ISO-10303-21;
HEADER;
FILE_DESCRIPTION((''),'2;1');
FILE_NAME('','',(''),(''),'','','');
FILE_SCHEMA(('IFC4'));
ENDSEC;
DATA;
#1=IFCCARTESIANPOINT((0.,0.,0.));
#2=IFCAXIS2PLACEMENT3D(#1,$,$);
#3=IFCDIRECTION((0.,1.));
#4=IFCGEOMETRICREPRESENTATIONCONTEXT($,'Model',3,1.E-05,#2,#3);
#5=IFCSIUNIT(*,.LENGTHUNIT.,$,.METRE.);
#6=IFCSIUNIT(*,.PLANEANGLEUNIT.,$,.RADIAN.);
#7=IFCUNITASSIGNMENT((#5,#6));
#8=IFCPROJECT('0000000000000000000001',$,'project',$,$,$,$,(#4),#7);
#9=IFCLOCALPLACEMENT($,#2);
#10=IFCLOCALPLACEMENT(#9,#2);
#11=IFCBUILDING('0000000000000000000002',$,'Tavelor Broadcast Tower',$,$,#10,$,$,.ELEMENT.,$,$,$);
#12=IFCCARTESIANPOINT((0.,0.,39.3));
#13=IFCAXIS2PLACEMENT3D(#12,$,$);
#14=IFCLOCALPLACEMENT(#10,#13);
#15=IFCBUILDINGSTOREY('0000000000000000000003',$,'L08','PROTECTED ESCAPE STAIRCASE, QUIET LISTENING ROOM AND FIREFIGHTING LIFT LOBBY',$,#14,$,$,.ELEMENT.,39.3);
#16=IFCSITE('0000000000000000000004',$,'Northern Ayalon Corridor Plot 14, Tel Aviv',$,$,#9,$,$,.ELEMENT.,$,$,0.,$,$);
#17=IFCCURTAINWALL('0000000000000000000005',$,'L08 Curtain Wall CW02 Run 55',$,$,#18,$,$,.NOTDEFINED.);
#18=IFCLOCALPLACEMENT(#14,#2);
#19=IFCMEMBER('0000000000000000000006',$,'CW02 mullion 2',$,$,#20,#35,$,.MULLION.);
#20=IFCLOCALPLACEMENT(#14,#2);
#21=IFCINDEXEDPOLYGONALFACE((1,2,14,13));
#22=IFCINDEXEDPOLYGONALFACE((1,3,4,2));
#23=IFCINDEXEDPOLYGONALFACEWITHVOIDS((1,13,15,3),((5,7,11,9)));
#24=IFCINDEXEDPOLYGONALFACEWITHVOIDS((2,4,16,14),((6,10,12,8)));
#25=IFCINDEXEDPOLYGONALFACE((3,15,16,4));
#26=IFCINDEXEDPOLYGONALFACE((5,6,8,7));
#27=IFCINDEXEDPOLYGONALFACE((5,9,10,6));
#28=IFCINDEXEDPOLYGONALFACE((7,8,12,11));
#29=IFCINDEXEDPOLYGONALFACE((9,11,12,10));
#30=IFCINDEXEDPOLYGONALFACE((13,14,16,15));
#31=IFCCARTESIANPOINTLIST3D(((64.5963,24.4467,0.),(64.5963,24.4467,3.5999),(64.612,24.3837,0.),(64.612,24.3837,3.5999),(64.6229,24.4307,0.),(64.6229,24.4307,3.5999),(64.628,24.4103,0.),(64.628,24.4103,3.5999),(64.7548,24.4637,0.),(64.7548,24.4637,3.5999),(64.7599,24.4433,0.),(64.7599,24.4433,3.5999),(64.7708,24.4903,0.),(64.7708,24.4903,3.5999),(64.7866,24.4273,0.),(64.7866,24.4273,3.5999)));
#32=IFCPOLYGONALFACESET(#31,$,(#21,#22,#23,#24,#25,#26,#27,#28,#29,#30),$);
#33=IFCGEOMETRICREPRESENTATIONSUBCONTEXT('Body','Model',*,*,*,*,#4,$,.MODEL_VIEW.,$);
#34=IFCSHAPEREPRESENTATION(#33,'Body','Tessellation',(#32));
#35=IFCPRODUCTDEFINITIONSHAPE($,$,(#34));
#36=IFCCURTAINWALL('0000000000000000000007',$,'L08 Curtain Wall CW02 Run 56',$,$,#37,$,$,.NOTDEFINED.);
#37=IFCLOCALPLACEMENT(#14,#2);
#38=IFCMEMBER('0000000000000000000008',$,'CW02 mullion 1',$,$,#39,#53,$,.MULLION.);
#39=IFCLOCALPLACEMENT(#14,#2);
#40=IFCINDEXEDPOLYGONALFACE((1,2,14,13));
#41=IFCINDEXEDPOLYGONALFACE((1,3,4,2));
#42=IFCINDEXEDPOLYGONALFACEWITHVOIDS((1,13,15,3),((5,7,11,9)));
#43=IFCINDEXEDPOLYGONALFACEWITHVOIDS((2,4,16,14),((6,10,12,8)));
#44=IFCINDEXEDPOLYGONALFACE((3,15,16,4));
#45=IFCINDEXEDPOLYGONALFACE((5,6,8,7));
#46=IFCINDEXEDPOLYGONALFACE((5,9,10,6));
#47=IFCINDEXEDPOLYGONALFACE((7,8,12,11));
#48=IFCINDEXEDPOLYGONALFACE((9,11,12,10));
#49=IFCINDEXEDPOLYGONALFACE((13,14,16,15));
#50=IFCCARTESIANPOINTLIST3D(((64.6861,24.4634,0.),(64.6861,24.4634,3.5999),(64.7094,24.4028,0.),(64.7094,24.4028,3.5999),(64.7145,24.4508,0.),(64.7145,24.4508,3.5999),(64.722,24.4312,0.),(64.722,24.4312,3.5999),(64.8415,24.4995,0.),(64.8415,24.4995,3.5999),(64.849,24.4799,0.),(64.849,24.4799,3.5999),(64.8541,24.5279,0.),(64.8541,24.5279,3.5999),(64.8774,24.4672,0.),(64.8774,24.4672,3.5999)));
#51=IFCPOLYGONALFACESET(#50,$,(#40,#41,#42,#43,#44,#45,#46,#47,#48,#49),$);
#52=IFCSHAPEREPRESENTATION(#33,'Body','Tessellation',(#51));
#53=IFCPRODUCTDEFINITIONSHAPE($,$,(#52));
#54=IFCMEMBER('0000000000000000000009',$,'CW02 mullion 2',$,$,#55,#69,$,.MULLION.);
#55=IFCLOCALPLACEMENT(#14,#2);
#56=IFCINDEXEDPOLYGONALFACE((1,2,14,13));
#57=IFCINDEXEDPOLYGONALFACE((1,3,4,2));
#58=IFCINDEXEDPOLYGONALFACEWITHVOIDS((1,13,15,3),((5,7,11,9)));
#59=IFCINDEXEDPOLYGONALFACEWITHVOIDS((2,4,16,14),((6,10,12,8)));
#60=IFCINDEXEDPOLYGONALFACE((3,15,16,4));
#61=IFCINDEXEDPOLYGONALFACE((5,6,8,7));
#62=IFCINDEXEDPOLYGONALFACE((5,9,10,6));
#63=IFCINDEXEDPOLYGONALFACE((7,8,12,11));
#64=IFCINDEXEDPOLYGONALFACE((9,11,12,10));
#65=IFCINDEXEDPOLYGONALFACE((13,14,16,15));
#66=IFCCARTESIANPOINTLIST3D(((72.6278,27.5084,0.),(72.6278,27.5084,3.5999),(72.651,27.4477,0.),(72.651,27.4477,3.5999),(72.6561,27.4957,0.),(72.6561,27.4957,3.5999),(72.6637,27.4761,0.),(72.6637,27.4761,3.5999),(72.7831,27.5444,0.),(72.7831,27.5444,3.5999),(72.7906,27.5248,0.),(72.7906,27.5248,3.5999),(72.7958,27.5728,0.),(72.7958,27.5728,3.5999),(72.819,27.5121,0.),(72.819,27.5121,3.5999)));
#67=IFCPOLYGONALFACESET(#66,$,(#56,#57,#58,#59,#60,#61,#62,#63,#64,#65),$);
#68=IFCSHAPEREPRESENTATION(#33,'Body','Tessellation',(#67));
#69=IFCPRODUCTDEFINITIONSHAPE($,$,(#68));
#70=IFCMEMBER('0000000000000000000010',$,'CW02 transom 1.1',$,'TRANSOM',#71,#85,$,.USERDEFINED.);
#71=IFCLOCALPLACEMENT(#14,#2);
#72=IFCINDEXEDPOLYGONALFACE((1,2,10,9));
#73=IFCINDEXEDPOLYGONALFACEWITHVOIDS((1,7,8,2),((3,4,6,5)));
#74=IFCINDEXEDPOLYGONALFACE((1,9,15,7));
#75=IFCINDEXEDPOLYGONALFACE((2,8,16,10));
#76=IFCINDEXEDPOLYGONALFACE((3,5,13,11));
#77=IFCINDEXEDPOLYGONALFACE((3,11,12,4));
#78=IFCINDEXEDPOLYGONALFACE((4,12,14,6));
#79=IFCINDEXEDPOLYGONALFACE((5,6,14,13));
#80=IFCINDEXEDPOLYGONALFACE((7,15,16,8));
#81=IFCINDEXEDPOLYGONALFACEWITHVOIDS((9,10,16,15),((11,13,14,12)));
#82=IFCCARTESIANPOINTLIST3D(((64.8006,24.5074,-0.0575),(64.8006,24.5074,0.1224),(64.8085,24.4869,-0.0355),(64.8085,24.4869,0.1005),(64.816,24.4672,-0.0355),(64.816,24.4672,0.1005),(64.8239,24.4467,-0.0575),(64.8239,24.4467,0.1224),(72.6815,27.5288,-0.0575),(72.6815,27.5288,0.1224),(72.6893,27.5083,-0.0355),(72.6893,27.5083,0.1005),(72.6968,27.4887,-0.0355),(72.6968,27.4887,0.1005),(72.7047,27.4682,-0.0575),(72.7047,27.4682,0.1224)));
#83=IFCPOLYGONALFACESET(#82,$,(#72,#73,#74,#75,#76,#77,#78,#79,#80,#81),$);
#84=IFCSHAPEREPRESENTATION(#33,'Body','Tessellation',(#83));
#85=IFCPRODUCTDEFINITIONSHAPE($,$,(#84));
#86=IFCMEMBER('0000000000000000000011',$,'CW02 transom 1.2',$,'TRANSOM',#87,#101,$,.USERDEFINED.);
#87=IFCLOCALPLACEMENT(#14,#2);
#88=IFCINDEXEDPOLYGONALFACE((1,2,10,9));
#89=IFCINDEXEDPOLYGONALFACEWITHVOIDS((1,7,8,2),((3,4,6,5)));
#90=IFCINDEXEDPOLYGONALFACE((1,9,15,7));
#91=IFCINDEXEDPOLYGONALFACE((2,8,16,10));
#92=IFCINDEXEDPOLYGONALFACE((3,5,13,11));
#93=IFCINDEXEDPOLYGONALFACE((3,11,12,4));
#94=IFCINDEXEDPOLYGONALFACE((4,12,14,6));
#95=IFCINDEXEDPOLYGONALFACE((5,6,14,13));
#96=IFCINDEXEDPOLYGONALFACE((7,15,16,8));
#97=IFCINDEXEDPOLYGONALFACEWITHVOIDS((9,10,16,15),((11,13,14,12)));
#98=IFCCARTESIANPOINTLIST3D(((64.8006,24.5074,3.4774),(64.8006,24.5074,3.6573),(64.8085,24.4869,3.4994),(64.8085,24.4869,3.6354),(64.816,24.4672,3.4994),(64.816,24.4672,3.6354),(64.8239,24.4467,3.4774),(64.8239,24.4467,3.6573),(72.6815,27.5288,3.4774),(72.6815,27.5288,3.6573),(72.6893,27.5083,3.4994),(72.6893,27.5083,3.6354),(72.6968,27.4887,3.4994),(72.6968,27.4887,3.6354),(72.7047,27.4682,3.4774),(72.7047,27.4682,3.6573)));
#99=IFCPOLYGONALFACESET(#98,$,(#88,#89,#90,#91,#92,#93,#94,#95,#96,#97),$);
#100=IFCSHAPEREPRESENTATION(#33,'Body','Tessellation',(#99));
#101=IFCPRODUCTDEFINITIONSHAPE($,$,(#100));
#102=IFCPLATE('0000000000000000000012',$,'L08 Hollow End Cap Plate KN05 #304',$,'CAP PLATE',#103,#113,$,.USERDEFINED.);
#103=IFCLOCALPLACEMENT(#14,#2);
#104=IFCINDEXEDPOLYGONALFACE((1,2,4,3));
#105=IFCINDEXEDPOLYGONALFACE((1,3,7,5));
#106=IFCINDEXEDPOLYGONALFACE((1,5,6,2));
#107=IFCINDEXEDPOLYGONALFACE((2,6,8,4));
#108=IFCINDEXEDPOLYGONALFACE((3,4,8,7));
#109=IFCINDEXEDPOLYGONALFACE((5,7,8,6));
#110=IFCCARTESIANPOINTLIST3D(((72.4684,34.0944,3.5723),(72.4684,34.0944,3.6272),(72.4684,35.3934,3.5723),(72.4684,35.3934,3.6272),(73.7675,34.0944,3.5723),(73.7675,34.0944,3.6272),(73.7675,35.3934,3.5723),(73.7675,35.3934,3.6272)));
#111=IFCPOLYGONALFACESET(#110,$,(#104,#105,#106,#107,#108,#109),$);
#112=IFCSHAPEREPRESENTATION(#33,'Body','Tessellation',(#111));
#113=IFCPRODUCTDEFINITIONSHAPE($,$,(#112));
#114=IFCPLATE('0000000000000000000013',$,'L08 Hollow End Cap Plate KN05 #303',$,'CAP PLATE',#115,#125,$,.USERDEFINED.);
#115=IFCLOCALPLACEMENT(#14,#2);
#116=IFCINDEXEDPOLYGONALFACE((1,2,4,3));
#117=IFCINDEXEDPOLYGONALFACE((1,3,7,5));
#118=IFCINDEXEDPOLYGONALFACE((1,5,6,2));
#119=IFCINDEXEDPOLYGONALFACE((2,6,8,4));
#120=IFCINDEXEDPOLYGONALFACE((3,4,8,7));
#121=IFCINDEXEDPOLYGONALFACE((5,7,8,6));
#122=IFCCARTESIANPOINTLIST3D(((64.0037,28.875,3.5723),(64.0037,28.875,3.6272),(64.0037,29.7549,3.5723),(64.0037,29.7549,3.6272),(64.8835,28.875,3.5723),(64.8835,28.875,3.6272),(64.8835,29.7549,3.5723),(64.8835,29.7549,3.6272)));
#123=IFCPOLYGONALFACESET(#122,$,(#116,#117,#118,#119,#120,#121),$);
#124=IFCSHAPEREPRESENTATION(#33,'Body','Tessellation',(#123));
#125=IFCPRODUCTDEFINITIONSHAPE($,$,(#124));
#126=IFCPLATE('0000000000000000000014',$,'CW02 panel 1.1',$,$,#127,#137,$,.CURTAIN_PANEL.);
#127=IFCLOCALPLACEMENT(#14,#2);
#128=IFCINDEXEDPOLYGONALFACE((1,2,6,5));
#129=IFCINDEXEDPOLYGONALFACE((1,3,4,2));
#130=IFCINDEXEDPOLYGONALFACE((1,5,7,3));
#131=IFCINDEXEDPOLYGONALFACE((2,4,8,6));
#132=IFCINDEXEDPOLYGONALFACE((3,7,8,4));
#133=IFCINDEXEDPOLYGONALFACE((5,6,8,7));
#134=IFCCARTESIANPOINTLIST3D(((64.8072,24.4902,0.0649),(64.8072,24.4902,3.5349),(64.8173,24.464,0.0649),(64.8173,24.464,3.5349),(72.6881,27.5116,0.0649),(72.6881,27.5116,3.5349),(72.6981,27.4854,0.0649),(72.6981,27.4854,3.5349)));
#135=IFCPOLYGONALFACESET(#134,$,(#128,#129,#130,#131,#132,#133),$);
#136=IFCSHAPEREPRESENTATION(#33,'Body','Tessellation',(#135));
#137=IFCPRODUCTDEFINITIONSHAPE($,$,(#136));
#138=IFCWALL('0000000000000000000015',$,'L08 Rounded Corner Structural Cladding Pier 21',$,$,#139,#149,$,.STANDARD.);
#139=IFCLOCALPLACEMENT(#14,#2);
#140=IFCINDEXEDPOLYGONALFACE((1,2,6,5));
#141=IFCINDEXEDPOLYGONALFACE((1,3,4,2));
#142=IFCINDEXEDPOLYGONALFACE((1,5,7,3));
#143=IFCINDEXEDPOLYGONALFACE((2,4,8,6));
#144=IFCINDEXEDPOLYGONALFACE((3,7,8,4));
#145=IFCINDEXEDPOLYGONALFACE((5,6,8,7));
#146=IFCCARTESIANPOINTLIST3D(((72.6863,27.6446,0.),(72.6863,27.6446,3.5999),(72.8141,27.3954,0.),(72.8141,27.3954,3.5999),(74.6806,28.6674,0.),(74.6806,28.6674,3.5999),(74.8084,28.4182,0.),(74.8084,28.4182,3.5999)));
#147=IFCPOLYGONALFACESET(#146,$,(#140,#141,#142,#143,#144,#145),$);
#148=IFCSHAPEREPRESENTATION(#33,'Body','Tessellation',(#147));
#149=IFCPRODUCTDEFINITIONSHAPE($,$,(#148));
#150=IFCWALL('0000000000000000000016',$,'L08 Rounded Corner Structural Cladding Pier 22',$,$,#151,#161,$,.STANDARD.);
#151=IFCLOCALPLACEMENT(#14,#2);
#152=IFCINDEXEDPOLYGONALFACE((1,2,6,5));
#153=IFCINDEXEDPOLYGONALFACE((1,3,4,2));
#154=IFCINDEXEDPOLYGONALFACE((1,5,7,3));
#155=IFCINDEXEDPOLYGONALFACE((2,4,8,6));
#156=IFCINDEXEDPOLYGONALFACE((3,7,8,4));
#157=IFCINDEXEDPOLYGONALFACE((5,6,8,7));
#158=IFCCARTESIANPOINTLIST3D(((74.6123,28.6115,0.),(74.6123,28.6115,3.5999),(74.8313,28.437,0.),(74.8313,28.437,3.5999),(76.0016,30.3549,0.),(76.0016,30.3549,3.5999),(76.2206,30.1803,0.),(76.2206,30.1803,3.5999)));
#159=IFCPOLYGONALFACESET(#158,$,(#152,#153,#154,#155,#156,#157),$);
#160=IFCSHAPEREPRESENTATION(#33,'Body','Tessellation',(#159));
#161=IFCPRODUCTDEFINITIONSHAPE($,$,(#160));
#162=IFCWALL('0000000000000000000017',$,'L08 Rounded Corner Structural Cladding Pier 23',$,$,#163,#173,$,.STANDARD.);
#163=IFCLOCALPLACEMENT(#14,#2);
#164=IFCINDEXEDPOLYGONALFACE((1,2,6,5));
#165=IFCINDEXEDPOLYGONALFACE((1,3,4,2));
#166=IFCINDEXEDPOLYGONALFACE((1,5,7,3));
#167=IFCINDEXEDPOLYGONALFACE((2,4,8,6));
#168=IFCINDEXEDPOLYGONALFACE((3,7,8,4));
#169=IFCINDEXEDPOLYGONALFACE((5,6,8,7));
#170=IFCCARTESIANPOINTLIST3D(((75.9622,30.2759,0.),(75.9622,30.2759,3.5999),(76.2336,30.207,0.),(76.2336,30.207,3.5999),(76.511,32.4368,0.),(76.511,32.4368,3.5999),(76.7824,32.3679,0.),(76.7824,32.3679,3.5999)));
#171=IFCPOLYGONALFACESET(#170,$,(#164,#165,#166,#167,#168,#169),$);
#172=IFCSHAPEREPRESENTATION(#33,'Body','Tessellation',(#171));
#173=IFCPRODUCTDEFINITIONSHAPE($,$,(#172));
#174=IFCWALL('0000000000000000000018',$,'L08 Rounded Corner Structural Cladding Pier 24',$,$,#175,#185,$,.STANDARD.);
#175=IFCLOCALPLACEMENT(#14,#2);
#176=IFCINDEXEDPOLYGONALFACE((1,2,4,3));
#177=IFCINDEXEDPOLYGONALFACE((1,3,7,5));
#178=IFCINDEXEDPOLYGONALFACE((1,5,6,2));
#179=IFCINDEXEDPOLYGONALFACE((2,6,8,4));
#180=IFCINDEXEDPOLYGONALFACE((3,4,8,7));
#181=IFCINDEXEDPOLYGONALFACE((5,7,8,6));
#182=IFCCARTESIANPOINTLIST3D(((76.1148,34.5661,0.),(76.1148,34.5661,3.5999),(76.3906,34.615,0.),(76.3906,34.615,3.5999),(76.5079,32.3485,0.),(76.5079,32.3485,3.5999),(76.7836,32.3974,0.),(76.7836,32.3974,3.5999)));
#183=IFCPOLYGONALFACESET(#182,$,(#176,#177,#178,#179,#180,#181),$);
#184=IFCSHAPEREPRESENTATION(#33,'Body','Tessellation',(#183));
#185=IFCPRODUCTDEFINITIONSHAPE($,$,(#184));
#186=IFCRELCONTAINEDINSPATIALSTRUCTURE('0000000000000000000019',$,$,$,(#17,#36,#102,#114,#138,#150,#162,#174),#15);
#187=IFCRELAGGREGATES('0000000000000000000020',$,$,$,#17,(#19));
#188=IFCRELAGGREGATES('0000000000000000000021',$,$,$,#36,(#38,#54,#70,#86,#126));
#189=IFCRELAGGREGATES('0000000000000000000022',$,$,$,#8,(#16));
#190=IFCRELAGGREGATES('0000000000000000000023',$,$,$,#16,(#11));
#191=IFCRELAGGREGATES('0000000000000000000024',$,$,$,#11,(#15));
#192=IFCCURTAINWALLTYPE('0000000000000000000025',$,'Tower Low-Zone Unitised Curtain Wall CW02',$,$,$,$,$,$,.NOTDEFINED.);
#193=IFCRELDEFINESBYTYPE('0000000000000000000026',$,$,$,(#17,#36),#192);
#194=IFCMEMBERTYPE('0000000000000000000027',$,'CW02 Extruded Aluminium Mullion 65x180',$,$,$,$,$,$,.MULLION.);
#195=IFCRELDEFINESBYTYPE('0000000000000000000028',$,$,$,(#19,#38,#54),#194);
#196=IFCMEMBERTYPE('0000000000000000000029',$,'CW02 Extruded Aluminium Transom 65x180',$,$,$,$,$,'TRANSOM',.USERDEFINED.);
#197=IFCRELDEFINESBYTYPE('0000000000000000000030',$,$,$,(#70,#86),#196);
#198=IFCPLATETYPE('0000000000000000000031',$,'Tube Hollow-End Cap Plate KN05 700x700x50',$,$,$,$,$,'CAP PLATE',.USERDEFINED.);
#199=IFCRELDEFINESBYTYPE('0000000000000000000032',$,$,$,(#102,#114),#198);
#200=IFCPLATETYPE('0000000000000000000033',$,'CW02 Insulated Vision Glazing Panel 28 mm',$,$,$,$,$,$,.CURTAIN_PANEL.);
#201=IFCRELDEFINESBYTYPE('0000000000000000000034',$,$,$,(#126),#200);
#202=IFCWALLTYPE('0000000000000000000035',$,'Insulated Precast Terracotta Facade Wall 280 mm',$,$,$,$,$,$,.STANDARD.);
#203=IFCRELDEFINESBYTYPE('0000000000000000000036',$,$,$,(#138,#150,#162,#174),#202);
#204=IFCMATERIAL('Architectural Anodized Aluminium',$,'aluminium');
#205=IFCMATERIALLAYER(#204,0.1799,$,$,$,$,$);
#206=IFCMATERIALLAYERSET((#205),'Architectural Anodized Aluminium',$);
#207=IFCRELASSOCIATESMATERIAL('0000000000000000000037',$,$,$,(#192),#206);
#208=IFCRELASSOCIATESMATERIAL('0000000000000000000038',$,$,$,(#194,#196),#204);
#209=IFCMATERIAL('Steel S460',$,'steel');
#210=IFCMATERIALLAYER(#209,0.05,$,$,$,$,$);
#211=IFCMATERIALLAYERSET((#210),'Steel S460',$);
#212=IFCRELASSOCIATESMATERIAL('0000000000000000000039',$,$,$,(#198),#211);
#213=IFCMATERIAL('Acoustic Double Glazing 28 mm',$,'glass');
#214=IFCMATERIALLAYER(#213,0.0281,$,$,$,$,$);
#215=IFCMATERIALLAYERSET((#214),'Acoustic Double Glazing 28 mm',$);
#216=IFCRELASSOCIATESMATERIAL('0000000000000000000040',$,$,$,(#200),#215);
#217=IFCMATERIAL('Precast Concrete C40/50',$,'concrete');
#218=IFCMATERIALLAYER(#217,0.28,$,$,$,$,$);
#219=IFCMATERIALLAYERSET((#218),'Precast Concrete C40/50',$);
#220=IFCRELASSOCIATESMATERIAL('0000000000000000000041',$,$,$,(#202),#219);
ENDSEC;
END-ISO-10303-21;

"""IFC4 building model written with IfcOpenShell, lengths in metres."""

from ifc_helpers import new_model, si_unit, direction, frame, frame_2d, origin, origin_2d, place, context, subcontext, project, spatial, rectangle, hollow_rectangle, extrude, source, transform, mapped, material, layer, layer_set, material_profile, profile_set, type_object, type_shapes, element, aggregate, save


model = new_model("IFC4")

# Units and contexts
model_context = context("Model", 3, precision=1e-05, world=origin(), true_north=direction((0.0, 1.0)))
body_context = subcontext(model_context, "Body", "Model", "MODEL_VIEW")
ifc_project = project(units=[si_unit("LENGTHUNIT", "METRE"), si_unit("PLANEANGLEUNIT", "RADIAN")], contexts=[model_context])

# Site, building, storey
site_placement = place(None, origin())
site = spatial("IfcSite", under=ifc_project, at=site_placement, Name="Northern Ayalon Corridor Plot 14, Tel Aviv", CompositionType="ELEMENT", RefElevation=0.0)
building_placement = place(site_placement, origin())
building = spatial("IfcBuilding", under=site, at=building_placement, Name="Tavelor Broadcast Tower", CompositionType="ELEMENT")
storey_placement = place(building_placement, frame((0.0, 0.0, 39.3)))
storey = spatial("IfcBuildingStorey", under=building, at=storey_placement, Name="L08", Description="PROTECTED ESCAPE STAIRCASE, QUIET LISTENING ROOM AND FIREFIGHTING LIFT LOBBY", CompositionType="ELEMENT", Elevation=39.3)

# Shared definitions
ifc_material_1 = material(Name="Steel S460", Category="steel")

# Curtain wall, member
ifc_material_2 = material(Name="Architectural Anodized Aluminium", Category="aluminium")
ifc_layer_1 = layer(ifc_material_2, 0.1799)
ifc_layer_set_1 = layer_set([ifc_layer_1], Name="Architectural Anodized Aluminium")
curtain_wall_type = type_object("IfcCurtainWallType", Name="Tower Low-Zone Unitised Curtain Wall CW02", PredefinedType="NOTDEFINED", material=ifc_layer_set_1)
curtain_wall_1_placement = place(storey_placement, origin())
curtain_wall_1 = element("IfcCurtainWall", 1, at=curtain_wall_1_placement, inside=storey, type_object=curtain_wall_type, Name="L08 Curtain Wall CW02 Run 55", PredefinedType="NOTDEFINED")
ifc_material_profile_1 = material_profile(ifc_material_2, hollow_rectangle(XDim=0.0649, YDim=0.1799, WallThickness=0.022, at=origin_2d()), Name="RHS 65x180x22")
ifc_profile_set_1 = profile_set([ifc_material_profile_1], Name="Architectural Anodized Aluminium")
member_type_1 = type_object("IfcMemberType", Name="CW02 Extruded Aluminium Mullion 65x180", PredefinedType="MULLION", material=ifc_profile_set_1)
shared_shape_1 = source(origin(), body_context, "Body", "SweptSolid", [
    extrude(hollow_rectangle(XDim=0.0649, YDim=0.1799, WallThickness=0.022, at=origin_2d()), origin(), (0.0, 0.0, 1.0), 3.5999),
])
type_shapes(member_type_1, [shared_shape_1])
member_1_placement = place(storey_placement, frame((64.6914, 24.437, 0.0), z_axis=(0.0, 0.0, 1.0), x_axis=(-0.242349, 0.970189, 0.0)))
member_1 = element("IfcMember", 2, at=member_1_placement, type_object=member_type_1, Name="CW02 mullion 2", PredefinedType="MULLION", context=body_context, shape_type="MappedRepresentation", body=[
    mapped(shared_shape_1, transform((0.0, 0.0, 0.0), scale=1.0)),
])
aggregate(curtain_wall_1, [member_1])

# Curtain wall, members
curtain_wall_2_placement = place(storey_placement, origin())
curtain_wall_2 = element("IfcCurtainWall", 3, at=curtain_wall_2_placement, inside=storey, type_object=curtain_wall_type, Name="L08 Curtain Wall CW02 Run 56", PredefinedType="NOTDEFINED")
member_2_placement = place(storey_placement, frame((64.7817, 24.4653, 0.0), z_axis=(0.0, 0.0, 1.0), x_axis=(-0.357986, 0.933727, 0.0)))
member_2 = element("IfcMember", 4, at=member_2_placement, type_object=member_type_1, Name="CW02 mullion 1", PredefinedType="MULLION", context=body_context, shape_type="MappedRepresentation", body=[
    mapped(shared_shape_1, transform((0.0, 0.0, 0.0), scale=1.0)),
])
member_3_placement = place(storey_placement, frame((72.7234, 27.5103, 0.0), z_axis=(0.0, 0.0, 1.0), x_axis=(-0.357986, 0.933727, 0.0)))
member_3 = element("IfcMember", 5, at=member_3_placement, type_object=member_type_1, Name="CW02 mullion 2", PredefinedType="MULLION", context=body_context, shape_type="MappedRepresentation", body=[
    mapped(shared_shape_1, transform((0.0, 0.0, 0.0), scale=1.0)),
])
ifc_material_profile_2 = material_profile(ifc_material_2, hollow_rectangle(XDim=0.0649, YDim=0.1799, WallThickness=0.022, at=origin_2d()), Name="RHS 65x180x22")
ifc_profile_set_2 = profile_set([ifc_material_profile_2], Name="Architectural Anodized Aluminium")
member_type_2 = type_object("IfcMemberType", Name="CW02 Extruded Aluminium Transom 65x180", ElementType="TRANSOM", PredefinedType="USERDEFINED", material=ifc_profile_set_2)
shared_shape_2 = source(origin(), body_context, "Body", "SweptSolid", [
    extrude(hollow_rectangle(XDim=0.0649, YDim=0.1799, WallThickness=0.022, at=origin_2d()), origin(), (0.0, 0.0, 1.0), 8.4402),
])
type_shapes(member_type_2, [shared_shape_2])
member_4_placement = place(storey_placement, frame((64.8123, 24.4771, 0.0325), z_axis=(0.933727, 0.357986, 0.0), x_axis=(-0.357986, 0.933727, 0.0)))
member_4 = element("IfcMember", 6, at=member_4_placement, type_object=member_type_2, Name="CW02 transom 1.1", ObjectType="TRANSOM", PredefinedType="USERDEFINED", context=body_context, shape_type="MappedRepresentation", body=[
    mapped(shared_shape_2, transform((0.0, 0.0, 0.0), scale=1.0)),
])
member_5_placement = place(storey_placement, frame((64.8123, 24.4771, 3.5674), z_axis=(0.933727, 0.357986, 0.0), x_axis=(-0.357986, 0.933727, 0.0)))
member_5 = element("IfcMember", 7, at=member_5_placement, type_object=member_type_2, Name="CW02 transom 1.2", ObjectType="TRANSOM", PredefinedType="USERDEFINED", context=body_context, shape_type="MappedRepresentation", body=[
    mapped(shared_shape_2, transform((0.0, 0.0, 0.0), scale=1.0)),
])

# Plates
ifc_layer_2 = layer(ifc_material_1, 0.05)
ifc_layer_set_2 = layer_set([ifc_layer_2], Name="Steel S460")
plate_type_1 = type_object("IfcPlateType", Name="Tube Hollow-End Cap Plate KN05 700x700x50", ElementType="CAP PLATE", PredefinedType="USERDEFINED", material=ifc_layer_set_2)
shared_shape_3 = source(origin(), body_context, "Body", "SweptSolid", [
    extrude(rectangle(XDim=1.2991, YDim=1.2991, at=origin_2d()), origin(), (0.0, 0.0, 1.0), 0.0549),
])
plate_1_placement = place(storey_placement, frame((73.1179, 34.7439, 3.5723), z_axis=(0.0, 0.0, 1.0), x_axis=(1.0, 0.0, 0.0)))
element("IfcPlate", 8, at=plate_1_placement, inside=storey, type_object=plate_type_1, Name="L08 Hollow End Cap Plate KN05 #304", ObjectType="CAP PLATE", PredefinedType="USERDEFINED", context=body_context, shape_type="MappedRepresentation", body=[
    mapped(shared_shape_3, transform((0.0, 0.0, 0.0), scale=1.0)),
])
shared_shape_4 = source(origin(), body_context, "Body", "SweptSolid", [
    extrude(rectangle(XDim=0.8799, YDim=0.8799, at=origin_2d()), origin(), (0.0, 0.0, 1.0), 0.0549),
])
type_shapes(plate_type_1, [shared_shape_3, shared_shape_4])
plate_2_placement = place(storey_placement, frame((64.4436, 29.3149, 3.5723), z_axis=(0.0, 0.0, 1.0), x_axis=(1.0, 0.0, 0.0)))
element("IfcPlate", 9, at=plate_2_placement, inside=storey, type_object=plate_type_1, Name="L08 Hollow End Cap Plate KN05 #303", ObjectType="CAP PLATE", PredefinedType="USERDEFINED", context=body_context, shape_type="MappedRepresentation", body=[
    mapped(shared_shape_4, transform((0.0, 0.0, 0.0), scale=1.0)),
])

# Plate
ifc_material_3 = material(Name="Acoustic Double Glazing 28 mm", Category="glass")
ifc_layer_3 = layer(ifc_material_3, 0.0281)
ifc_layer_set_3 = layer_set([ifc_layer_3], Name="Acoustic Double Glazing 28 mm")
plate_type_2 = type_object("IfcPlateType", Name="CW02 Insulated Vision Glazing Panel 28 mm", PredefinedType="CURTAIN_PANEL", material=ifc_layer_set_3)
shared_shape_5 = source(origin(), body_context, "Body", "SweptSolid", [
    extrude(rectangle(XDim=8.4402, YDim=0.0281, at=origin_2d()), origin(), (0.0, 0.0, 1.0), 3.47),
])
type_shapes(plate_type_2, [shared_shape_5])
plate_3_placement = place(storey_placement, frame((68.7527, 25.9878, 0.0649), z_axis=(0.0, 0.0, 1.0), x_axis=(0.933727, 0.357986, 0.0)))
plate_3 = element("IfcPlate", 10, at=plate_3_placement, type_object=plate_type_2, Name="CW02 panel 1.1", PredefinedType="CURTAIN_PANEL", context=body_context, shape_type="MappedRepresentation", body=[
    mapped(shared_shape_5, transform((0.0, 0.0, 0.0), scale=1.0)),
])
aggregate(curtain_wall_2, [member_2, member_3, member_4, member_5, plate_3])

# Walls
ifc_material_4 = material(Name="Precast Concrete C40/50", Category="concrete")
ifc_layer_4 = layer(ifc_material_4, 0.28)
ifc_layer_set_4 = layer_set([ifc_layer_4], Name="Precast Concrete C40/50")
wall_type_1 = type_object("IfcWallType", Name="Insulated Precast Terracotta Facade Wall 280 mm", PredefinedType="STANDARD", material=ifc_layer_set_4)
wall_1_placement = place(storey_placement, frame((72.7502, 27.52, 0.0), z_axis=(0.0, 0.0, 1.0), x_axis=(0.889805, 0.456341, 0.0)))
element("IfcWall", 11, at=wall_1_placement, inside=storey, type_object=wall_type_1, Name="L08 Rounded Corner Structural Cladding Pier 21", PredefinedType="STANDARD", context=body_context, shape_type="SweptSolid", body=[
    extrude(rectangle(XDim=2.2412, YDim=0.28, at=frame_2d((1.1206, 0.0))), origin(), (0.0, 0.0, 1.0), 3.5999),
])
wall_2_placement = place(storey_placement, frame((74.7217, 28.5242, 0.0), z_axis=(0.0, 0.0, 1.0), x_axis=(0.623238, 0.782032, 0.0)))
element("IfcWall", 12, at=wall_2_placement, inside=storey, type_object=wall_type_1, Name="L08 Rounded Corner Structural Cladding Pier 22", PredefinedType="STANDARD", context=body_context, shape_type="SweptSolid", body=[
    extrude(rectangle(XDim=2.2292, YDim=0.28, at=frame_2d((1.1147, 0.0))), origin(), (0.0, 0.0, 1.0), 3.5999),
])
wall_3_placement = place(storey_placement, frame((76.0979, 30.2415, 0.0), z_axis=(0.0, 0.0, 1.0), x_axis=(0.246167, 0.969227, 0.0)))
element("IfcWall", 13, at=wall_3_placement, inside=storey, type_object=wall_type_1, Name="L08 Rounded Corner Structural Cladding Pier 23", PredefinedType="STANDARD", context=body_context, shape_type="SweptSolid", body=[
    extrude(rectangle(XDim=2.2295, YDim=0.28, at=frame_2d((1.1147, 0.0))), origin(), (0.0, 0.0, 1.0), 3.5999),
])
wall_4_placement = place(storey_placement, frame((76.6458, 32.373, 0.0), z_axis=(0.0, 0.0, 1.0), x_axis=(-0.174534, 0.984651, 0.0)))
element("IfcWall", 14, at=wall_4_placement, inside=storey, type_object=wall_type_1, Name="L08 Rounded Corner Structural Cladding Pier 24", PredefinedType="STANDARD", context=body_context, shape_type="SweptSolid", body=[
    extrude(rectangle(XDim=2.2522, YDim=0.28, at=frame_2d((1.126, 0.0))), origin(), (0.0, 0.0, 1.0), 3.5999),
])

save(model, "model.ifc")
